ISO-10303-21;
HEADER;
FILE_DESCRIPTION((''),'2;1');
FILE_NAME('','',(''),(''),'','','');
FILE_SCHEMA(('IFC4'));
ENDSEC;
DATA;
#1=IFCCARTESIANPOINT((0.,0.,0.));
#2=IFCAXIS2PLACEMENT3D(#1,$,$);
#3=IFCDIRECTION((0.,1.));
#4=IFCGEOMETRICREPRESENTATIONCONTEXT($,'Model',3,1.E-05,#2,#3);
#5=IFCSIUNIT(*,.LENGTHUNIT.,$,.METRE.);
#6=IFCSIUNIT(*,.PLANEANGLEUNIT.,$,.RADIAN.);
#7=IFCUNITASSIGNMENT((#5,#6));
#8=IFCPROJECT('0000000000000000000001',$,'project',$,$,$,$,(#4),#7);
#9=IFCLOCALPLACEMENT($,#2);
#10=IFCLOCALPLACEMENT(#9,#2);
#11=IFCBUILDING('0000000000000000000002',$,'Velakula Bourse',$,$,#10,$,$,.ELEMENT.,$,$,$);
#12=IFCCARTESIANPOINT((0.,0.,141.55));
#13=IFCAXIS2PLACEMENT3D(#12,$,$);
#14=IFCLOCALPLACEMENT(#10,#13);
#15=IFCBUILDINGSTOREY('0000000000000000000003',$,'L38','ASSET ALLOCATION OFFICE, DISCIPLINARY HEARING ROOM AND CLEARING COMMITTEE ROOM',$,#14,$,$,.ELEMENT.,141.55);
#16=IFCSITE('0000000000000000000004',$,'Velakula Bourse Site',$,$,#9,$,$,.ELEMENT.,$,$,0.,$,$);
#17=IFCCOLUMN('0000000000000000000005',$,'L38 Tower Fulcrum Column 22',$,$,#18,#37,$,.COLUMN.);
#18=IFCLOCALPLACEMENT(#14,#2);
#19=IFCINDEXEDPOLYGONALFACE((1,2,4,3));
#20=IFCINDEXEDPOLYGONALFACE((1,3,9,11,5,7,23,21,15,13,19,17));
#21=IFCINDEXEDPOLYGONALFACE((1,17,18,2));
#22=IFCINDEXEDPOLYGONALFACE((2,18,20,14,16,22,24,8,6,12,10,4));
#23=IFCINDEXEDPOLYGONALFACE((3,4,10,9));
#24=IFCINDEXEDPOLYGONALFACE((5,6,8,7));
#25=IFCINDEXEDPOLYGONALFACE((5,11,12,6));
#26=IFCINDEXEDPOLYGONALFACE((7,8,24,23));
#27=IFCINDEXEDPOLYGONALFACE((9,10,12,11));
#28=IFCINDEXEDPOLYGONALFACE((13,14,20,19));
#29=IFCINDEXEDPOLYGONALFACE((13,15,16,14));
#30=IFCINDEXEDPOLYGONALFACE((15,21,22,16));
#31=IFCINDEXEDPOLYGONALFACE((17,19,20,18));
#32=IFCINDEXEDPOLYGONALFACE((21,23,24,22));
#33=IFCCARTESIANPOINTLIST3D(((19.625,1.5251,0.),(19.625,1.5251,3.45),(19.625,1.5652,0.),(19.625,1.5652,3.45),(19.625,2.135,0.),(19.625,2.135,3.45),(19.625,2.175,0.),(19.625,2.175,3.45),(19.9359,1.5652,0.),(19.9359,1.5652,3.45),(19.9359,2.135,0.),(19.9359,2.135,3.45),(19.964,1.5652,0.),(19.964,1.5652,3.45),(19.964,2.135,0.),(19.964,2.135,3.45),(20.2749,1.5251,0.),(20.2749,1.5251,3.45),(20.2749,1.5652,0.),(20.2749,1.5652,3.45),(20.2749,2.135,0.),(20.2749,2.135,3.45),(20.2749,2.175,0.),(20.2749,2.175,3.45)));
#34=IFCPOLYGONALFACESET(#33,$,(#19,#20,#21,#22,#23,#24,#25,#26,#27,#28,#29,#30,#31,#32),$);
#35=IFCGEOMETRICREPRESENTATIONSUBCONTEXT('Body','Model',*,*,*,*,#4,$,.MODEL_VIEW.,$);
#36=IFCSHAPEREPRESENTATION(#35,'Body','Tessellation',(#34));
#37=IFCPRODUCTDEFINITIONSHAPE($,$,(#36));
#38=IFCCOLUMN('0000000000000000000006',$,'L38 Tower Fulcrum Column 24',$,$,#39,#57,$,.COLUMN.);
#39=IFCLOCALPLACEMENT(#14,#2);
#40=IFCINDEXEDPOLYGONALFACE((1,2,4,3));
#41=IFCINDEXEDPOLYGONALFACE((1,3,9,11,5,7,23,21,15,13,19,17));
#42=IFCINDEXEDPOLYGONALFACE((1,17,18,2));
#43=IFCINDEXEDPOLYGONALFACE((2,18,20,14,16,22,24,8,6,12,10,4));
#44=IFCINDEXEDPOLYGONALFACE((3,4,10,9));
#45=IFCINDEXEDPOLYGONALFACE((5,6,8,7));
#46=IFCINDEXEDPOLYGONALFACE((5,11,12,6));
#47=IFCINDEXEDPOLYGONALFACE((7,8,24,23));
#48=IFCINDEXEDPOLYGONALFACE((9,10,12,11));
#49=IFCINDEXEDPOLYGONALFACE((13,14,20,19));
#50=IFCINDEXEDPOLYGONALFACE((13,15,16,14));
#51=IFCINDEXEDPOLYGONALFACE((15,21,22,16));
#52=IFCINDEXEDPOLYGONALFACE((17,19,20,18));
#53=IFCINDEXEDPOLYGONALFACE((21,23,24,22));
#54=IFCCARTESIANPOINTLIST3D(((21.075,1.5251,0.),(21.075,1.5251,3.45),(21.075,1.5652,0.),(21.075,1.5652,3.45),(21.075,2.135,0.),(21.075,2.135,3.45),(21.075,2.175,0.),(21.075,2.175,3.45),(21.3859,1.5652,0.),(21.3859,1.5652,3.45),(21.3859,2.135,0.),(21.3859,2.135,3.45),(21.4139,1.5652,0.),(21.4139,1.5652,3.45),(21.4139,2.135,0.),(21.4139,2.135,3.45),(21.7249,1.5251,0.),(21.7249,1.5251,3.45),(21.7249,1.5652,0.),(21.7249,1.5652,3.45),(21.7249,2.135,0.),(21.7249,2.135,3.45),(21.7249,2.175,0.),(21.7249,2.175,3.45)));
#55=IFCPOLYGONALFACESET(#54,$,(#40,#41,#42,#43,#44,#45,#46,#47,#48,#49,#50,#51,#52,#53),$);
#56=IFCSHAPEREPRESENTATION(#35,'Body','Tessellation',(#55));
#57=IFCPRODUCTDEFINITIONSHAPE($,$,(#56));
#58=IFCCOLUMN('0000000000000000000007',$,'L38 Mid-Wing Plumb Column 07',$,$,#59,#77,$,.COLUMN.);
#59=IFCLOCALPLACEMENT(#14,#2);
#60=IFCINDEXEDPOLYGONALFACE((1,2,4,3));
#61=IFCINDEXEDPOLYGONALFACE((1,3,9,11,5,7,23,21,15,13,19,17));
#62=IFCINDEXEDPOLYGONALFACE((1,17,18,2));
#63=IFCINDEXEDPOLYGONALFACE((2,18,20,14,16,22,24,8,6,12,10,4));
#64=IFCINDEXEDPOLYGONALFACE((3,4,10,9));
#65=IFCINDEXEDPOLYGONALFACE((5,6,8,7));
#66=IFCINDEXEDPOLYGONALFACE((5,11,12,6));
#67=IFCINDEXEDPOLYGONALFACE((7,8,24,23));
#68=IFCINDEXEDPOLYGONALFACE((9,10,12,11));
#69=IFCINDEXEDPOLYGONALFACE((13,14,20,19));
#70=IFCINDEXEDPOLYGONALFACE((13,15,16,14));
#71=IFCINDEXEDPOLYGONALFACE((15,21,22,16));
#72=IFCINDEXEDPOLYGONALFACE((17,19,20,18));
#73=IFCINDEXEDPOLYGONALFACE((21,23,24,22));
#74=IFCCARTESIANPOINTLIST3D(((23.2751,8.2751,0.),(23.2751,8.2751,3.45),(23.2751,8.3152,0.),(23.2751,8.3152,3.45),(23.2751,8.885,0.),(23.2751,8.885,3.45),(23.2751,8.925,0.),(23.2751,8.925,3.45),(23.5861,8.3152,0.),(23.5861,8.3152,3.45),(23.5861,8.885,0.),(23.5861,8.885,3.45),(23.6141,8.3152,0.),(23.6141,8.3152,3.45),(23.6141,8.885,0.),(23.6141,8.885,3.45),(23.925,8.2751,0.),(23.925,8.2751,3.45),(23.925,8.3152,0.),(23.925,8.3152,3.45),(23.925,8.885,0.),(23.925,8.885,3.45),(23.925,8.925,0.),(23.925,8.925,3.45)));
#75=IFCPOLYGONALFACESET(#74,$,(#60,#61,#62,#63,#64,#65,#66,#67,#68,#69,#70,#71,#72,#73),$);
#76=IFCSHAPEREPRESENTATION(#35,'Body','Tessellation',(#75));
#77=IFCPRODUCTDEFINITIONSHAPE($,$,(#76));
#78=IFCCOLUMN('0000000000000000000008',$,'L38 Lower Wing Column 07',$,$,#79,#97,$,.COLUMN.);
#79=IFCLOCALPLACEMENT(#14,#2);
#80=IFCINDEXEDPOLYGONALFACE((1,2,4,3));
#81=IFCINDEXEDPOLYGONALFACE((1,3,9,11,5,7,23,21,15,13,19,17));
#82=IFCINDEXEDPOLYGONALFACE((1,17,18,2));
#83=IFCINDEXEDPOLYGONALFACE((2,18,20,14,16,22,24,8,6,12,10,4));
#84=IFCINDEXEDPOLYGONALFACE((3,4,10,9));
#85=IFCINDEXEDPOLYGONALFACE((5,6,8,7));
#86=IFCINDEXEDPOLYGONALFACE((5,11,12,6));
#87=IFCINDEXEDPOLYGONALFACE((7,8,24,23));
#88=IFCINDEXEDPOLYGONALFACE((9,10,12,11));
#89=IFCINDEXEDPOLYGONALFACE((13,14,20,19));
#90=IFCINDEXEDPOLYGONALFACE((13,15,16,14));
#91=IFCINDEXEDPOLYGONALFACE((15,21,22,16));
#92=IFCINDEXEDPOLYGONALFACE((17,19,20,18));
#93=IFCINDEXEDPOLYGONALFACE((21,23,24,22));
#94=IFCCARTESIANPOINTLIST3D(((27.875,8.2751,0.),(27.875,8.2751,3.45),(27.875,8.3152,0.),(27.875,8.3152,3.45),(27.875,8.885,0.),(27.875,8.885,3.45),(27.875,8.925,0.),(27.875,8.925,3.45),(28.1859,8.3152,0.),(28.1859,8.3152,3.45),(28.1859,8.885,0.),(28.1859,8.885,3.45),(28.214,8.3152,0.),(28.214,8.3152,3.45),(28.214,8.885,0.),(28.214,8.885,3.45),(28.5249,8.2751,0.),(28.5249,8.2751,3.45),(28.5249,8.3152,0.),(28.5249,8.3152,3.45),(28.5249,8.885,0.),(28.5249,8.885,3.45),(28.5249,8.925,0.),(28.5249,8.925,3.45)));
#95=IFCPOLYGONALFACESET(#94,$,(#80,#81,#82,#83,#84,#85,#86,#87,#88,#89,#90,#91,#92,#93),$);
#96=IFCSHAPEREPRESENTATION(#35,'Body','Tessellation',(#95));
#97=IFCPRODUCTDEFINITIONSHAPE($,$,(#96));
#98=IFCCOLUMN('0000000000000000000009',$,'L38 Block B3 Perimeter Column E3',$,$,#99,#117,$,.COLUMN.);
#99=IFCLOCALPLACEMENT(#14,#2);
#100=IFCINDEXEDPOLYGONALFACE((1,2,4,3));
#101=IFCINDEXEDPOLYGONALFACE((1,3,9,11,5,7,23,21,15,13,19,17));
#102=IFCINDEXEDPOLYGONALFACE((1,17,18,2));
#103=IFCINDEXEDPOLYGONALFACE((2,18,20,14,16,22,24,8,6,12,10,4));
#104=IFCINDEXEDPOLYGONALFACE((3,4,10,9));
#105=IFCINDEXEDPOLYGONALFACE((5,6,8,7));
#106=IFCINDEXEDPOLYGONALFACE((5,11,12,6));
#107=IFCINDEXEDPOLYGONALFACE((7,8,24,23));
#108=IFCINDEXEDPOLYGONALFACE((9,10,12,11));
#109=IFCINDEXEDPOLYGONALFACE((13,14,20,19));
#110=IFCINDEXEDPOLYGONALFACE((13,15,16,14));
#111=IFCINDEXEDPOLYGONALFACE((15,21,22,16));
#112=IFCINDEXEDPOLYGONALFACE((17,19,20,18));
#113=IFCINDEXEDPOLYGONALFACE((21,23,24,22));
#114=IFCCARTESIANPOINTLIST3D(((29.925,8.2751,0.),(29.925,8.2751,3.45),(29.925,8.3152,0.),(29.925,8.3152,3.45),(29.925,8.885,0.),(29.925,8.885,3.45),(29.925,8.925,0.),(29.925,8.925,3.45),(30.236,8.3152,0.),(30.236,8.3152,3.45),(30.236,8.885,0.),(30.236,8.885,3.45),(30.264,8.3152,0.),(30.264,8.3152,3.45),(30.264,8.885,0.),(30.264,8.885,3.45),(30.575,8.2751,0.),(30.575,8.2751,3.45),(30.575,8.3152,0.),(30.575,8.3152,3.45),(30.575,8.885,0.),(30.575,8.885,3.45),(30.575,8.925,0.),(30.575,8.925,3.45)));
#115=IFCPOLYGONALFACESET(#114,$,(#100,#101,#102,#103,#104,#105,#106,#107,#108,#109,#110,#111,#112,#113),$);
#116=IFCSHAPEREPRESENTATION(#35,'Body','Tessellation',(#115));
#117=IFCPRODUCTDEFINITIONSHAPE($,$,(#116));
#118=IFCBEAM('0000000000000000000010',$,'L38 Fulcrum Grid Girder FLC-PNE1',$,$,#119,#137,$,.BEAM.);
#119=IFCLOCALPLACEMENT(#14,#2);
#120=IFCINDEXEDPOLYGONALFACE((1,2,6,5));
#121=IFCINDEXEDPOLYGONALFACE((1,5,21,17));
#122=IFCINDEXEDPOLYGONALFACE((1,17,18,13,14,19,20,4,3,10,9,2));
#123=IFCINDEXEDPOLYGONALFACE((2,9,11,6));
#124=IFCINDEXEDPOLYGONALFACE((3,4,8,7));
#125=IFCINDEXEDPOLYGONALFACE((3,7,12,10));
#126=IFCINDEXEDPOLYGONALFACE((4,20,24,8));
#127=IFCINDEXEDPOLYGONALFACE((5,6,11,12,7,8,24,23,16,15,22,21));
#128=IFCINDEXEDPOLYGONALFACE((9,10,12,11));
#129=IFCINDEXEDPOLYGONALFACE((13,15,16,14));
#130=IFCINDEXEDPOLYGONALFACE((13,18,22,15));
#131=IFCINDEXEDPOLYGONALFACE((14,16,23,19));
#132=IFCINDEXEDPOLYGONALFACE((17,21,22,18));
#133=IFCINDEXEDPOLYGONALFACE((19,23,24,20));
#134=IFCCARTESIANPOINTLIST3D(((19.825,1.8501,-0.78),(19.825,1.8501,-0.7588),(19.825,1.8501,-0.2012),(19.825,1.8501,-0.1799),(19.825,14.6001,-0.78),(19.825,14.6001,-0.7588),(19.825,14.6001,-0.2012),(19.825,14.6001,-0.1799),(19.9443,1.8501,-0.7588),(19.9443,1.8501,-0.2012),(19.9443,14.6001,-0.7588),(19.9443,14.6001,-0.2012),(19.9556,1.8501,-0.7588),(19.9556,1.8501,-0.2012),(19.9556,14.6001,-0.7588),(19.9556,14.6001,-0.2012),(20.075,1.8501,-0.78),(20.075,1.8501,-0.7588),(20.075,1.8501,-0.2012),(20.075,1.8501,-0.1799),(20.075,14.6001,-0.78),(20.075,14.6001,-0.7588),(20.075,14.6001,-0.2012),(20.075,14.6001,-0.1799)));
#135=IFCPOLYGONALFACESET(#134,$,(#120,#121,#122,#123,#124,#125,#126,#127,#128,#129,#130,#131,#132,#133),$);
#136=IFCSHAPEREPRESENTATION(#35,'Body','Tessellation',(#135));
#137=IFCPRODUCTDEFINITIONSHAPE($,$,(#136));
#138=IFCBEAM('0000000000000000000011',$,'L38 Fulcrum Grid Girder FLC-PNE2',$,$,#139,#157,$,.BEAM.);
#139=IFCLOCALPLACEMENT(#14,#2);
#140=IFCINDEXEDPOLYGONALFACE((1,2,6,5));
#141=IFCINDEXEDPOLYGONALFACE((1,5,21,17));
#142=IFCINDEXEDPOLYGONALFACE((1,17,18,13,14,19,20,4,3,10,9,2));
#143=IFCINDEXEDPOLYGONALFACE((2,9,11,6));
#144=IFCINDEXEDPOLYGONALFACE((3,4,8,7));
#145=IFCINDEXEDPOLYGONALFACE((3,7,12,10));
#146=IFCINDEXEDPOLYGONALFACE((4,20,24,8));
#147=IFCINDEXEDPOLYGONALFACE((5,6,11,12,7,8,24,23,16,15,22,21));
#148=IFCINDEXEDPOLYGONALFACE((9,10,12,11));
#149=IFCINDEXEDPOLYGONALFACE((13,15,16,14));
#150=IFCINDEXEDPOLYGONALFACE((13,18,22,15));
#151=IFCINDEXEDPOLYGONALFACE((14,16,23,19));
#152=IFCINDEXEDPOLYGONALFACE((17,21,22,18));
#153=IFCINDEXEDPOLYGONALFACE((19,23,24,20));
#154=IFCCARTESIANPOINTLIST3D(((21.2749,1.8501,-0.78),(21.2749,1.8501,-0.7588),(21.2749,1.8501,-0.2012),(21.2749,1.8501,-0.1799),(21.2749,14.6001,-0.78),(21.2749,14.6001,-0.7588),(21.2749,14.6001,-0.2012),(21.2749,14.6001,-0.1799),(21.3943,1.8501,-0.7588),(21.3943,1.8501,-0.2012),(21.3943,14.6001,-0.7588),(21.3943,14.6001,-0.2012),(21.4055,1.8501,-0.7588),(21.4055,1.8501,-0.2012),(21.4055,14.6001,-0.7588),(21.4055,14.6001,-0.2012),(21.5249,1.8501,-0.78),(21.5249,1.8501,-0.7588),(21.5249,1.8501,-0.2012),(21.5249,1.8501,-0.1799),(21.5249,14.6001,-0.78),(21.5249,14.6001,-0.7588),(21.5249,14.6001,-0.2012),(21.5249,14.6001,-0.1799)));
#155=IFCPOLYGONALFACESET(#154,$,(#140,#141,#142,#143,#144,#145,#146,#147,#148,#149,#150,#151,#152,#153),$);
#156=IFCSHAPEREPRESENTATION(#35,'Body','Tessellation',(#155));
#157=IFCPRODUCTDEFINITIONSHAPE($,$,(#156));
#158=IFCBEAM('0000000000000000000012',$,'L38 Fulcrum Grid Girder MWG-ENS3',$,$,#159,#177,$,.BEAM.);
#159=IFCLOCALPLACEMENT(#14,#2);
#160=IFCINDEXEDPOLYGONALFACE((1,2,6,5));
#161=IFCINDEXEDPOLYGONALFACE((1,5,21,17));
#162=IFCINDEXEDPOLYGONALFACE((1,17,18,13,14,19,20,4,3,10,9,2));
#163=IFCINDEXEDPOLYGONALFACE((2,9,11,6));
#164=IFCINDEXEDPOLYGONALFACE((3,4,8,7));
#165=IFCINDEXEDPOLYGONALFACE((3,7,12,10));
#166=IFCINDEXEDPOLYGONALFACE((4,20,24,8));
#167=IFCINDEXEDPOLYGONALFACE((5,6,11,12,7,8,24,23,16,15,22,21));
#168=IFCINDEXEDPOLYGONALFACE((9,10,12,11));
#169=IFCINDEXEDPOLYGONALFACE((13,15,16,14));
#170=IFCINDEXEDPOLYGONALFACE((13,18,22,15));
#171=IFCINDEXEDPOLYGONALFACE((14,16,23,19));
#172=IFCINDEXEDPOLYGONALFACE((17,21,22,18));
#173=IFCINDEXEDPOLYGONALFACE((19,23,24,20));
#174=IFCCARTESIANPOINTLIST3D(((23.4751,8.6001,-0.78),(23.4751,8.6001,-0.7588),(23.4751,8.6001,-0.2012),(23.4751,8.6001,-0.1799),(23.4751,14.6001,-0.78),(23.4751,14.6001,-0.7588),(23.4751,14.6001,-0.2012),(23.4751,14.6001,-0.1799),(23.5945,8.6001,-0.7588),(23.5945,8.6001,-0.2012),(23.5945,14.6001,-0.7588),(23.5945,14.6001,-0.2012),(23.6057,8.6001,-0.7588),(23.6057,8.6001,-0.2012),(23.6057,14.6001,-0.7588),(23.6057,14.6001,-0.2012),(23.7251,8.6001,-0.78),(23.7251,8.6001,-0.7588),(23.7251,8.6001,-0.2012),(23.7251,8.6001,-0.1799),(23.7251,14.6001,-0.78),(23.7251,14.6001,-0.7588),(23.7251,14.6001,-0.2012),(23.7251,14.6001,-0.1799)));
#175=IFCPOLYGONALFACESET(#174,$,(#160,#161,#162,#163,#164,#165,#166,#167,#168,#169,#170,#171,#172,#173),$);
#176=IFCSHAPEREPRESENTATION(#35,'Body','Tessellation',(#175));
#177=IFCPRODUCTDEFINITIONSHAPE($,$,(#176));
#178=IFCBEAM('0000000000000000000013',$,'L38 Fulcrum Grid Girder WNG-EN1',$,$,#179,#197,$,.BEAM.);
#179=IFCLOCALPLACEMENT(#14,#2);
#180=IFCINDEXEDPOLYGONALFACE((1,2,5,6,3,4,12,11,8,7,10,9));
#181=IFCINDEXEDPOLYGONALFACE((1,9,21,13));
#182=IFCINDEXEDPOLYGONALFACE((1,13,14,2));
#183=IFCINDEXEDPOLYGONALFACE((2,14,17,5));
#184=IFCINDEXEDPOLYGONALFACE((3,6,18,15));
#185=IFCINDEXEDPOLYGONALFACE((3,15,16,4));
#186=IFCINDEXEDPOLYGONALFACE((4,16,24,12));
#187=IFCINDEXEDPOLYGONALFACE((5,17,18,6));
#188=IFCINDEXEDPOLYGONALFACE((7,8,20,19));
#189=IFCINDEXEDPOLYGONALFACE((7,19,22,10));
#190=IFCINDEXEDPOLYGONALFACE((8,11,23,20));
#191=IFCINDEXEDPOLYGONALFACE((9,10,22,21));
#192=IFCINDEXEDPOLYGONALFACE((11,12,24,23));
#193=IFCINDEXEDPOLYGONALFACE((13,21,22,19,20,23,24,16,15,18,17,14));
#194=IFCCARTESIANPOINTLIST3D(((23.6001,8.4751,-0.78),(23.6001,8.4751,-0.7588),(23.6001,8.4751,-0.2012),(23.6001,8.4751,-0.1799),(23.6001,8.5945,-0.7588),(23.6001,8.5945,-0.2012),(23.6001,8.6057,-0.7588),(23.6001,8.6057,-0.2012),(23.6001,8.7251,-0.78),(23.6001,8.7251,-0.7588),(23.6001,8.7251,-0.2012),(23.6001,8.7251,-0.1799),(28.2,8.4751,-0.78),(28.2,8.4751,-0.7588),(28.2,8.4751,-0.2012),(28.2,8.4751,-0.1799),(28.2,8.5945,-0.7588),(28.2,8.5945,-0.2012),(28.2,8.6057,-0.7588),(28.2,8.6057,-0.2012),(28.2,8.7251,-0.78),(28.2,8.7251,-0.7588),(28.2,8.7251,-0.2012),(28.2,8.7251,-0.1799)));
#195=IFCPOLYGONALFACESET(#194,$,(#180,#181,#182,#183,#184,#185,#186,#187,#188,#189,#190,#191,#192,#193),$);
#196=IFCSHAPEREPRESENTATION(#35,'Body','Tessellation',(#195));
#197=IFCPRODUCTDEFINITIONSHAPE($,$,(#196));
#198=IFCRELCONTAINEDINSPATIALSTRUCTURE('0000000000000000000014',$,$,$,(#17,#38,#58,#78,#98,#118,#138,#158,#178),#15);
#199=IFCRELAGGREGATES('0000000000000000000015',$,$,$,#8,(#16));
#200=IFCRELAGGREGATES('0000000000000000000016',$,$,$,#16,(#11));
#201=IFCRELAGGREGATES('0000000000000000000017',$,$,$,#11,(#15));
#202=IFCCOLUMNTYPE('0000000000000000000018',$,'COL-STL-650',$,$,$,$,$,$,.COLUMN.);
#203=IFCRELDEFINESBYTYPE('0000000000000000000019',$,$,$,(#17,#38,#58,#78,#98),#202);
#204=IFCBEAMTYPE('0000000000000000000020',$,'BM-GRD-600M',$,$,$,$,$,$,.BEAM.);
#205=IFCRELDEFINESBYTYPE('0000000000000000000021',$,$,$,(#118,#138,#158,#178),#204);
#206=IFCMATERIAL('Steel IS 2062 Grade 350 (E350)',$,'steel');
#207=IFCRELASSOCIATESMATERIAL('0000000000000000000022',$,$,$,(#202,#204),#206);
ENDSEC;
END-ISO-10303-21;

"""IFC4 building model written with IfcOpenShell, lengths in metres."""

from ifc_helpers import new_model, si_unit, direction, frame, origin, origin_2d, place, context, subcontext, project, spatial, i_section, extrude, material, material_profile, profile_set, type_object, element, save


model = new_model("IFC4")

# Units and contexts
model_context = context("Model", 3, precision=1e-05, world=origin(), true_north=direction((0.0, 1.0)))
body_context = subcontext(model_context, "Body", "Model", "MODEL_VIEW")
ifc_project = project(units=[si_unit("LENGTHUNIT", "METRE"), si_unit("PLANEANGLEUNIT", "RADIAN")], contexts=[model_context])

# Site, building, storey
site_placement = place(None, origin())
site = spatial("IfcSite", under=ifc_project, at=site_placement, Name="Velakula Bourse Site", CompositionType="ELEMENT", RefElevation=0.0)
building_placement = place(site_placement, origin())
building = spatial("IfcBuilding", under=site, at=building_placement, Name="Velakula Bourse", CompositionType="ELEMENT")
storey_placement = place(building_placement, frame((0.0, 0.0, 141.55)))
storey = spatial("IfcBuildingStorey", under=building, at=storey_placement, Name="L38", Description="ASSET ALLOCATION OFFICE, DISCIPLINARY HEARING ROOM AND CLEARING COMMITTEE ROOM", CompositionType="ELEMENT", Elevation=141.55)

# Columns
ifc_material_1 = material(Name="Steel IS 2062 Grade 350 (E350)", Category="steel")
ifc_material_profile_1 = material_profile(ifc_material_1, i_section(OverallWidth=0.6499, OverallDepth=0.6499, WebThickness=0.0281, FlangeThickness=0.04, at=origin_2d()), Name="Steel IS 2062 Grade 350 (E350)")
ifc_profile_set_1 = profile_set([ifc_material_profile_1], Name="Steel IS 2062 Grade 350 (E350)")
column_type = type_object("IfcColumnType", Name="COL-STL-650", PredefinedType="COLUMN", material=ifc_profile_set_1)
for number, where, z_axis, x_axis, name in (
    (1, (19.95, 1.8501, 0.0), (0.0, 0.0, 1.0), (1.0, 0.0, 0.0), "L38 Tower Fulcrum Column 22"),
    (2, (21.3999, 1.8501, 0.0), (0.0, 0.0, 1.0), (1.0, 0.0, 0.0), "L38 Tower Fulcrum Column 24"),
    (3, (23.6001, 8.6001, 0.0), (0.0, 0.0, 1.0), (1.0, 0.0, 0.0), "L38 Mid-Wing Plumb Column 07"),
    (4, (28.2, 8.6001, 0.0), (0.0, 0.0, 1.0), (1.0, 0.0, 0.0), "L38 Lower Wing Column 07"),
    (5, (30.25, 8.6001, 0.0), (0.0, 0.0, 1.0), (1.0, 0.0, 0.0), "L38 Block B3 Perimeter Column E3"),
):
    element("IfcColumn", number, at=place(storey_placement, frame(where, z_axis=z_axis, x_axis=x_axis)), inside=storey, type_object=column_type, Name=name, PredefinedType="COLUMN", context=body_context, shape_type="SweptSolid", body=[
        extrude(i_section(OverallWidth=0.6499, OverallDepth=0.6499, WebThickness=0.0281, FlangeThickness=0.04, at=origin_2d()), origin(), (0.0, 0.0, 1.0), 3.45),
    ])

# Beams
ifc_material_profile_2 = material_profile(ifc_material_1, i_section(OverallWidth=0.25, OverallDepth=0.6001, WebThickness=0.0112, FlangeThickness=0.0212, at=origin_2d()), Name="Steel IS 2062 Grade 350 (E350)")
ifc_profile_set_2 = profile_set([ifc_material_profile_2], Name="Steel IS 2062 Grade 350 (E350)")
beam_type_1 = type_object("IfcBeamType", Name="BM-GRD-600M", PredefinedType="BEAM", material=ifc_profile_set_2)
for number, where, z_axis, x_axis, name in (
    (6, (19.95, 1.8501, -0.48), (0.0, 1.0, 0.0), (-1.0, 0.0, 0.0), "L38 Fulcrum Grid Girder FLC-PNE1"),
    (7, (21.3999, 1.8501, -0.48), (0.0, 1.0, 0.0), (-1.0, 0.0, 0.0), "L38 Fulcrum Grid Girder FLC-PNE2"),
):
    element("IfcBeam", number, at=place(storey_placement, frame(where, z_axis=z_axis, x_axis=x_axis)), inside=storey, type_object=beam_type_1, Name=name, PredefinedType="BEAM", context=body_context, shape_type="SweptSolid", body=[
        extrude(i_section(OverallWidth=0.25, OverallDepth=0.6001, WebThickness=0.0112, FlangeThickness=0.0212, at=origin_2d()), origin(), (0.0, 0.0, 1.0), 12.75),
    ])
beam_1_placement = place(storey_placement, frame((23.6001, 8.6001, -0.48), z_axis=(0.0, 1.0, 0.0), x_axis=(-1.0, 0.0, 0.0)))
element("IfcBeam", 8, at=beam_1_placement, inside=storey, type_object=beam_type_1, Name="L38 Fulcrum Grid Girder MWG-ENS3", PredefinedType="BEAM", context=body_context, shape_type="SweptSolid", body=[
    extrude(i_section(OverallWidth=0.25, OverallDepth=0.6001, WebThickness=0.0112, FlangeThickness=0.0212, at=origin_2d()), origin(), (0.0, 0.0, 1.0), 6.0),
])
beam_2_placement = place(storey_placement, frame((23.6001, 8.6001, -0.48), z_axis=(1.0, 0.0, 0.0), x_axis=(0.0, 1.0, 0.0)))
element("IfcBeam", 9, at=beam_2_placement, inside=storey, type_object=beam_type_1, Name="L38 Fulcrum Grid Girder WNG-EN1", PredefinedType="BEAM", context=body_context, shape_type="SweptSolid", body=[
    extrude(i_section(OverallWidth=0.25, OverallDepth=0.6001, WebThickness=0.0112, FlangeThickness=0.0212, at=origin_2d()), origin(), (0.0, 0.0, 1.0), 4.5999),
])

save(model, "model.ifc")
